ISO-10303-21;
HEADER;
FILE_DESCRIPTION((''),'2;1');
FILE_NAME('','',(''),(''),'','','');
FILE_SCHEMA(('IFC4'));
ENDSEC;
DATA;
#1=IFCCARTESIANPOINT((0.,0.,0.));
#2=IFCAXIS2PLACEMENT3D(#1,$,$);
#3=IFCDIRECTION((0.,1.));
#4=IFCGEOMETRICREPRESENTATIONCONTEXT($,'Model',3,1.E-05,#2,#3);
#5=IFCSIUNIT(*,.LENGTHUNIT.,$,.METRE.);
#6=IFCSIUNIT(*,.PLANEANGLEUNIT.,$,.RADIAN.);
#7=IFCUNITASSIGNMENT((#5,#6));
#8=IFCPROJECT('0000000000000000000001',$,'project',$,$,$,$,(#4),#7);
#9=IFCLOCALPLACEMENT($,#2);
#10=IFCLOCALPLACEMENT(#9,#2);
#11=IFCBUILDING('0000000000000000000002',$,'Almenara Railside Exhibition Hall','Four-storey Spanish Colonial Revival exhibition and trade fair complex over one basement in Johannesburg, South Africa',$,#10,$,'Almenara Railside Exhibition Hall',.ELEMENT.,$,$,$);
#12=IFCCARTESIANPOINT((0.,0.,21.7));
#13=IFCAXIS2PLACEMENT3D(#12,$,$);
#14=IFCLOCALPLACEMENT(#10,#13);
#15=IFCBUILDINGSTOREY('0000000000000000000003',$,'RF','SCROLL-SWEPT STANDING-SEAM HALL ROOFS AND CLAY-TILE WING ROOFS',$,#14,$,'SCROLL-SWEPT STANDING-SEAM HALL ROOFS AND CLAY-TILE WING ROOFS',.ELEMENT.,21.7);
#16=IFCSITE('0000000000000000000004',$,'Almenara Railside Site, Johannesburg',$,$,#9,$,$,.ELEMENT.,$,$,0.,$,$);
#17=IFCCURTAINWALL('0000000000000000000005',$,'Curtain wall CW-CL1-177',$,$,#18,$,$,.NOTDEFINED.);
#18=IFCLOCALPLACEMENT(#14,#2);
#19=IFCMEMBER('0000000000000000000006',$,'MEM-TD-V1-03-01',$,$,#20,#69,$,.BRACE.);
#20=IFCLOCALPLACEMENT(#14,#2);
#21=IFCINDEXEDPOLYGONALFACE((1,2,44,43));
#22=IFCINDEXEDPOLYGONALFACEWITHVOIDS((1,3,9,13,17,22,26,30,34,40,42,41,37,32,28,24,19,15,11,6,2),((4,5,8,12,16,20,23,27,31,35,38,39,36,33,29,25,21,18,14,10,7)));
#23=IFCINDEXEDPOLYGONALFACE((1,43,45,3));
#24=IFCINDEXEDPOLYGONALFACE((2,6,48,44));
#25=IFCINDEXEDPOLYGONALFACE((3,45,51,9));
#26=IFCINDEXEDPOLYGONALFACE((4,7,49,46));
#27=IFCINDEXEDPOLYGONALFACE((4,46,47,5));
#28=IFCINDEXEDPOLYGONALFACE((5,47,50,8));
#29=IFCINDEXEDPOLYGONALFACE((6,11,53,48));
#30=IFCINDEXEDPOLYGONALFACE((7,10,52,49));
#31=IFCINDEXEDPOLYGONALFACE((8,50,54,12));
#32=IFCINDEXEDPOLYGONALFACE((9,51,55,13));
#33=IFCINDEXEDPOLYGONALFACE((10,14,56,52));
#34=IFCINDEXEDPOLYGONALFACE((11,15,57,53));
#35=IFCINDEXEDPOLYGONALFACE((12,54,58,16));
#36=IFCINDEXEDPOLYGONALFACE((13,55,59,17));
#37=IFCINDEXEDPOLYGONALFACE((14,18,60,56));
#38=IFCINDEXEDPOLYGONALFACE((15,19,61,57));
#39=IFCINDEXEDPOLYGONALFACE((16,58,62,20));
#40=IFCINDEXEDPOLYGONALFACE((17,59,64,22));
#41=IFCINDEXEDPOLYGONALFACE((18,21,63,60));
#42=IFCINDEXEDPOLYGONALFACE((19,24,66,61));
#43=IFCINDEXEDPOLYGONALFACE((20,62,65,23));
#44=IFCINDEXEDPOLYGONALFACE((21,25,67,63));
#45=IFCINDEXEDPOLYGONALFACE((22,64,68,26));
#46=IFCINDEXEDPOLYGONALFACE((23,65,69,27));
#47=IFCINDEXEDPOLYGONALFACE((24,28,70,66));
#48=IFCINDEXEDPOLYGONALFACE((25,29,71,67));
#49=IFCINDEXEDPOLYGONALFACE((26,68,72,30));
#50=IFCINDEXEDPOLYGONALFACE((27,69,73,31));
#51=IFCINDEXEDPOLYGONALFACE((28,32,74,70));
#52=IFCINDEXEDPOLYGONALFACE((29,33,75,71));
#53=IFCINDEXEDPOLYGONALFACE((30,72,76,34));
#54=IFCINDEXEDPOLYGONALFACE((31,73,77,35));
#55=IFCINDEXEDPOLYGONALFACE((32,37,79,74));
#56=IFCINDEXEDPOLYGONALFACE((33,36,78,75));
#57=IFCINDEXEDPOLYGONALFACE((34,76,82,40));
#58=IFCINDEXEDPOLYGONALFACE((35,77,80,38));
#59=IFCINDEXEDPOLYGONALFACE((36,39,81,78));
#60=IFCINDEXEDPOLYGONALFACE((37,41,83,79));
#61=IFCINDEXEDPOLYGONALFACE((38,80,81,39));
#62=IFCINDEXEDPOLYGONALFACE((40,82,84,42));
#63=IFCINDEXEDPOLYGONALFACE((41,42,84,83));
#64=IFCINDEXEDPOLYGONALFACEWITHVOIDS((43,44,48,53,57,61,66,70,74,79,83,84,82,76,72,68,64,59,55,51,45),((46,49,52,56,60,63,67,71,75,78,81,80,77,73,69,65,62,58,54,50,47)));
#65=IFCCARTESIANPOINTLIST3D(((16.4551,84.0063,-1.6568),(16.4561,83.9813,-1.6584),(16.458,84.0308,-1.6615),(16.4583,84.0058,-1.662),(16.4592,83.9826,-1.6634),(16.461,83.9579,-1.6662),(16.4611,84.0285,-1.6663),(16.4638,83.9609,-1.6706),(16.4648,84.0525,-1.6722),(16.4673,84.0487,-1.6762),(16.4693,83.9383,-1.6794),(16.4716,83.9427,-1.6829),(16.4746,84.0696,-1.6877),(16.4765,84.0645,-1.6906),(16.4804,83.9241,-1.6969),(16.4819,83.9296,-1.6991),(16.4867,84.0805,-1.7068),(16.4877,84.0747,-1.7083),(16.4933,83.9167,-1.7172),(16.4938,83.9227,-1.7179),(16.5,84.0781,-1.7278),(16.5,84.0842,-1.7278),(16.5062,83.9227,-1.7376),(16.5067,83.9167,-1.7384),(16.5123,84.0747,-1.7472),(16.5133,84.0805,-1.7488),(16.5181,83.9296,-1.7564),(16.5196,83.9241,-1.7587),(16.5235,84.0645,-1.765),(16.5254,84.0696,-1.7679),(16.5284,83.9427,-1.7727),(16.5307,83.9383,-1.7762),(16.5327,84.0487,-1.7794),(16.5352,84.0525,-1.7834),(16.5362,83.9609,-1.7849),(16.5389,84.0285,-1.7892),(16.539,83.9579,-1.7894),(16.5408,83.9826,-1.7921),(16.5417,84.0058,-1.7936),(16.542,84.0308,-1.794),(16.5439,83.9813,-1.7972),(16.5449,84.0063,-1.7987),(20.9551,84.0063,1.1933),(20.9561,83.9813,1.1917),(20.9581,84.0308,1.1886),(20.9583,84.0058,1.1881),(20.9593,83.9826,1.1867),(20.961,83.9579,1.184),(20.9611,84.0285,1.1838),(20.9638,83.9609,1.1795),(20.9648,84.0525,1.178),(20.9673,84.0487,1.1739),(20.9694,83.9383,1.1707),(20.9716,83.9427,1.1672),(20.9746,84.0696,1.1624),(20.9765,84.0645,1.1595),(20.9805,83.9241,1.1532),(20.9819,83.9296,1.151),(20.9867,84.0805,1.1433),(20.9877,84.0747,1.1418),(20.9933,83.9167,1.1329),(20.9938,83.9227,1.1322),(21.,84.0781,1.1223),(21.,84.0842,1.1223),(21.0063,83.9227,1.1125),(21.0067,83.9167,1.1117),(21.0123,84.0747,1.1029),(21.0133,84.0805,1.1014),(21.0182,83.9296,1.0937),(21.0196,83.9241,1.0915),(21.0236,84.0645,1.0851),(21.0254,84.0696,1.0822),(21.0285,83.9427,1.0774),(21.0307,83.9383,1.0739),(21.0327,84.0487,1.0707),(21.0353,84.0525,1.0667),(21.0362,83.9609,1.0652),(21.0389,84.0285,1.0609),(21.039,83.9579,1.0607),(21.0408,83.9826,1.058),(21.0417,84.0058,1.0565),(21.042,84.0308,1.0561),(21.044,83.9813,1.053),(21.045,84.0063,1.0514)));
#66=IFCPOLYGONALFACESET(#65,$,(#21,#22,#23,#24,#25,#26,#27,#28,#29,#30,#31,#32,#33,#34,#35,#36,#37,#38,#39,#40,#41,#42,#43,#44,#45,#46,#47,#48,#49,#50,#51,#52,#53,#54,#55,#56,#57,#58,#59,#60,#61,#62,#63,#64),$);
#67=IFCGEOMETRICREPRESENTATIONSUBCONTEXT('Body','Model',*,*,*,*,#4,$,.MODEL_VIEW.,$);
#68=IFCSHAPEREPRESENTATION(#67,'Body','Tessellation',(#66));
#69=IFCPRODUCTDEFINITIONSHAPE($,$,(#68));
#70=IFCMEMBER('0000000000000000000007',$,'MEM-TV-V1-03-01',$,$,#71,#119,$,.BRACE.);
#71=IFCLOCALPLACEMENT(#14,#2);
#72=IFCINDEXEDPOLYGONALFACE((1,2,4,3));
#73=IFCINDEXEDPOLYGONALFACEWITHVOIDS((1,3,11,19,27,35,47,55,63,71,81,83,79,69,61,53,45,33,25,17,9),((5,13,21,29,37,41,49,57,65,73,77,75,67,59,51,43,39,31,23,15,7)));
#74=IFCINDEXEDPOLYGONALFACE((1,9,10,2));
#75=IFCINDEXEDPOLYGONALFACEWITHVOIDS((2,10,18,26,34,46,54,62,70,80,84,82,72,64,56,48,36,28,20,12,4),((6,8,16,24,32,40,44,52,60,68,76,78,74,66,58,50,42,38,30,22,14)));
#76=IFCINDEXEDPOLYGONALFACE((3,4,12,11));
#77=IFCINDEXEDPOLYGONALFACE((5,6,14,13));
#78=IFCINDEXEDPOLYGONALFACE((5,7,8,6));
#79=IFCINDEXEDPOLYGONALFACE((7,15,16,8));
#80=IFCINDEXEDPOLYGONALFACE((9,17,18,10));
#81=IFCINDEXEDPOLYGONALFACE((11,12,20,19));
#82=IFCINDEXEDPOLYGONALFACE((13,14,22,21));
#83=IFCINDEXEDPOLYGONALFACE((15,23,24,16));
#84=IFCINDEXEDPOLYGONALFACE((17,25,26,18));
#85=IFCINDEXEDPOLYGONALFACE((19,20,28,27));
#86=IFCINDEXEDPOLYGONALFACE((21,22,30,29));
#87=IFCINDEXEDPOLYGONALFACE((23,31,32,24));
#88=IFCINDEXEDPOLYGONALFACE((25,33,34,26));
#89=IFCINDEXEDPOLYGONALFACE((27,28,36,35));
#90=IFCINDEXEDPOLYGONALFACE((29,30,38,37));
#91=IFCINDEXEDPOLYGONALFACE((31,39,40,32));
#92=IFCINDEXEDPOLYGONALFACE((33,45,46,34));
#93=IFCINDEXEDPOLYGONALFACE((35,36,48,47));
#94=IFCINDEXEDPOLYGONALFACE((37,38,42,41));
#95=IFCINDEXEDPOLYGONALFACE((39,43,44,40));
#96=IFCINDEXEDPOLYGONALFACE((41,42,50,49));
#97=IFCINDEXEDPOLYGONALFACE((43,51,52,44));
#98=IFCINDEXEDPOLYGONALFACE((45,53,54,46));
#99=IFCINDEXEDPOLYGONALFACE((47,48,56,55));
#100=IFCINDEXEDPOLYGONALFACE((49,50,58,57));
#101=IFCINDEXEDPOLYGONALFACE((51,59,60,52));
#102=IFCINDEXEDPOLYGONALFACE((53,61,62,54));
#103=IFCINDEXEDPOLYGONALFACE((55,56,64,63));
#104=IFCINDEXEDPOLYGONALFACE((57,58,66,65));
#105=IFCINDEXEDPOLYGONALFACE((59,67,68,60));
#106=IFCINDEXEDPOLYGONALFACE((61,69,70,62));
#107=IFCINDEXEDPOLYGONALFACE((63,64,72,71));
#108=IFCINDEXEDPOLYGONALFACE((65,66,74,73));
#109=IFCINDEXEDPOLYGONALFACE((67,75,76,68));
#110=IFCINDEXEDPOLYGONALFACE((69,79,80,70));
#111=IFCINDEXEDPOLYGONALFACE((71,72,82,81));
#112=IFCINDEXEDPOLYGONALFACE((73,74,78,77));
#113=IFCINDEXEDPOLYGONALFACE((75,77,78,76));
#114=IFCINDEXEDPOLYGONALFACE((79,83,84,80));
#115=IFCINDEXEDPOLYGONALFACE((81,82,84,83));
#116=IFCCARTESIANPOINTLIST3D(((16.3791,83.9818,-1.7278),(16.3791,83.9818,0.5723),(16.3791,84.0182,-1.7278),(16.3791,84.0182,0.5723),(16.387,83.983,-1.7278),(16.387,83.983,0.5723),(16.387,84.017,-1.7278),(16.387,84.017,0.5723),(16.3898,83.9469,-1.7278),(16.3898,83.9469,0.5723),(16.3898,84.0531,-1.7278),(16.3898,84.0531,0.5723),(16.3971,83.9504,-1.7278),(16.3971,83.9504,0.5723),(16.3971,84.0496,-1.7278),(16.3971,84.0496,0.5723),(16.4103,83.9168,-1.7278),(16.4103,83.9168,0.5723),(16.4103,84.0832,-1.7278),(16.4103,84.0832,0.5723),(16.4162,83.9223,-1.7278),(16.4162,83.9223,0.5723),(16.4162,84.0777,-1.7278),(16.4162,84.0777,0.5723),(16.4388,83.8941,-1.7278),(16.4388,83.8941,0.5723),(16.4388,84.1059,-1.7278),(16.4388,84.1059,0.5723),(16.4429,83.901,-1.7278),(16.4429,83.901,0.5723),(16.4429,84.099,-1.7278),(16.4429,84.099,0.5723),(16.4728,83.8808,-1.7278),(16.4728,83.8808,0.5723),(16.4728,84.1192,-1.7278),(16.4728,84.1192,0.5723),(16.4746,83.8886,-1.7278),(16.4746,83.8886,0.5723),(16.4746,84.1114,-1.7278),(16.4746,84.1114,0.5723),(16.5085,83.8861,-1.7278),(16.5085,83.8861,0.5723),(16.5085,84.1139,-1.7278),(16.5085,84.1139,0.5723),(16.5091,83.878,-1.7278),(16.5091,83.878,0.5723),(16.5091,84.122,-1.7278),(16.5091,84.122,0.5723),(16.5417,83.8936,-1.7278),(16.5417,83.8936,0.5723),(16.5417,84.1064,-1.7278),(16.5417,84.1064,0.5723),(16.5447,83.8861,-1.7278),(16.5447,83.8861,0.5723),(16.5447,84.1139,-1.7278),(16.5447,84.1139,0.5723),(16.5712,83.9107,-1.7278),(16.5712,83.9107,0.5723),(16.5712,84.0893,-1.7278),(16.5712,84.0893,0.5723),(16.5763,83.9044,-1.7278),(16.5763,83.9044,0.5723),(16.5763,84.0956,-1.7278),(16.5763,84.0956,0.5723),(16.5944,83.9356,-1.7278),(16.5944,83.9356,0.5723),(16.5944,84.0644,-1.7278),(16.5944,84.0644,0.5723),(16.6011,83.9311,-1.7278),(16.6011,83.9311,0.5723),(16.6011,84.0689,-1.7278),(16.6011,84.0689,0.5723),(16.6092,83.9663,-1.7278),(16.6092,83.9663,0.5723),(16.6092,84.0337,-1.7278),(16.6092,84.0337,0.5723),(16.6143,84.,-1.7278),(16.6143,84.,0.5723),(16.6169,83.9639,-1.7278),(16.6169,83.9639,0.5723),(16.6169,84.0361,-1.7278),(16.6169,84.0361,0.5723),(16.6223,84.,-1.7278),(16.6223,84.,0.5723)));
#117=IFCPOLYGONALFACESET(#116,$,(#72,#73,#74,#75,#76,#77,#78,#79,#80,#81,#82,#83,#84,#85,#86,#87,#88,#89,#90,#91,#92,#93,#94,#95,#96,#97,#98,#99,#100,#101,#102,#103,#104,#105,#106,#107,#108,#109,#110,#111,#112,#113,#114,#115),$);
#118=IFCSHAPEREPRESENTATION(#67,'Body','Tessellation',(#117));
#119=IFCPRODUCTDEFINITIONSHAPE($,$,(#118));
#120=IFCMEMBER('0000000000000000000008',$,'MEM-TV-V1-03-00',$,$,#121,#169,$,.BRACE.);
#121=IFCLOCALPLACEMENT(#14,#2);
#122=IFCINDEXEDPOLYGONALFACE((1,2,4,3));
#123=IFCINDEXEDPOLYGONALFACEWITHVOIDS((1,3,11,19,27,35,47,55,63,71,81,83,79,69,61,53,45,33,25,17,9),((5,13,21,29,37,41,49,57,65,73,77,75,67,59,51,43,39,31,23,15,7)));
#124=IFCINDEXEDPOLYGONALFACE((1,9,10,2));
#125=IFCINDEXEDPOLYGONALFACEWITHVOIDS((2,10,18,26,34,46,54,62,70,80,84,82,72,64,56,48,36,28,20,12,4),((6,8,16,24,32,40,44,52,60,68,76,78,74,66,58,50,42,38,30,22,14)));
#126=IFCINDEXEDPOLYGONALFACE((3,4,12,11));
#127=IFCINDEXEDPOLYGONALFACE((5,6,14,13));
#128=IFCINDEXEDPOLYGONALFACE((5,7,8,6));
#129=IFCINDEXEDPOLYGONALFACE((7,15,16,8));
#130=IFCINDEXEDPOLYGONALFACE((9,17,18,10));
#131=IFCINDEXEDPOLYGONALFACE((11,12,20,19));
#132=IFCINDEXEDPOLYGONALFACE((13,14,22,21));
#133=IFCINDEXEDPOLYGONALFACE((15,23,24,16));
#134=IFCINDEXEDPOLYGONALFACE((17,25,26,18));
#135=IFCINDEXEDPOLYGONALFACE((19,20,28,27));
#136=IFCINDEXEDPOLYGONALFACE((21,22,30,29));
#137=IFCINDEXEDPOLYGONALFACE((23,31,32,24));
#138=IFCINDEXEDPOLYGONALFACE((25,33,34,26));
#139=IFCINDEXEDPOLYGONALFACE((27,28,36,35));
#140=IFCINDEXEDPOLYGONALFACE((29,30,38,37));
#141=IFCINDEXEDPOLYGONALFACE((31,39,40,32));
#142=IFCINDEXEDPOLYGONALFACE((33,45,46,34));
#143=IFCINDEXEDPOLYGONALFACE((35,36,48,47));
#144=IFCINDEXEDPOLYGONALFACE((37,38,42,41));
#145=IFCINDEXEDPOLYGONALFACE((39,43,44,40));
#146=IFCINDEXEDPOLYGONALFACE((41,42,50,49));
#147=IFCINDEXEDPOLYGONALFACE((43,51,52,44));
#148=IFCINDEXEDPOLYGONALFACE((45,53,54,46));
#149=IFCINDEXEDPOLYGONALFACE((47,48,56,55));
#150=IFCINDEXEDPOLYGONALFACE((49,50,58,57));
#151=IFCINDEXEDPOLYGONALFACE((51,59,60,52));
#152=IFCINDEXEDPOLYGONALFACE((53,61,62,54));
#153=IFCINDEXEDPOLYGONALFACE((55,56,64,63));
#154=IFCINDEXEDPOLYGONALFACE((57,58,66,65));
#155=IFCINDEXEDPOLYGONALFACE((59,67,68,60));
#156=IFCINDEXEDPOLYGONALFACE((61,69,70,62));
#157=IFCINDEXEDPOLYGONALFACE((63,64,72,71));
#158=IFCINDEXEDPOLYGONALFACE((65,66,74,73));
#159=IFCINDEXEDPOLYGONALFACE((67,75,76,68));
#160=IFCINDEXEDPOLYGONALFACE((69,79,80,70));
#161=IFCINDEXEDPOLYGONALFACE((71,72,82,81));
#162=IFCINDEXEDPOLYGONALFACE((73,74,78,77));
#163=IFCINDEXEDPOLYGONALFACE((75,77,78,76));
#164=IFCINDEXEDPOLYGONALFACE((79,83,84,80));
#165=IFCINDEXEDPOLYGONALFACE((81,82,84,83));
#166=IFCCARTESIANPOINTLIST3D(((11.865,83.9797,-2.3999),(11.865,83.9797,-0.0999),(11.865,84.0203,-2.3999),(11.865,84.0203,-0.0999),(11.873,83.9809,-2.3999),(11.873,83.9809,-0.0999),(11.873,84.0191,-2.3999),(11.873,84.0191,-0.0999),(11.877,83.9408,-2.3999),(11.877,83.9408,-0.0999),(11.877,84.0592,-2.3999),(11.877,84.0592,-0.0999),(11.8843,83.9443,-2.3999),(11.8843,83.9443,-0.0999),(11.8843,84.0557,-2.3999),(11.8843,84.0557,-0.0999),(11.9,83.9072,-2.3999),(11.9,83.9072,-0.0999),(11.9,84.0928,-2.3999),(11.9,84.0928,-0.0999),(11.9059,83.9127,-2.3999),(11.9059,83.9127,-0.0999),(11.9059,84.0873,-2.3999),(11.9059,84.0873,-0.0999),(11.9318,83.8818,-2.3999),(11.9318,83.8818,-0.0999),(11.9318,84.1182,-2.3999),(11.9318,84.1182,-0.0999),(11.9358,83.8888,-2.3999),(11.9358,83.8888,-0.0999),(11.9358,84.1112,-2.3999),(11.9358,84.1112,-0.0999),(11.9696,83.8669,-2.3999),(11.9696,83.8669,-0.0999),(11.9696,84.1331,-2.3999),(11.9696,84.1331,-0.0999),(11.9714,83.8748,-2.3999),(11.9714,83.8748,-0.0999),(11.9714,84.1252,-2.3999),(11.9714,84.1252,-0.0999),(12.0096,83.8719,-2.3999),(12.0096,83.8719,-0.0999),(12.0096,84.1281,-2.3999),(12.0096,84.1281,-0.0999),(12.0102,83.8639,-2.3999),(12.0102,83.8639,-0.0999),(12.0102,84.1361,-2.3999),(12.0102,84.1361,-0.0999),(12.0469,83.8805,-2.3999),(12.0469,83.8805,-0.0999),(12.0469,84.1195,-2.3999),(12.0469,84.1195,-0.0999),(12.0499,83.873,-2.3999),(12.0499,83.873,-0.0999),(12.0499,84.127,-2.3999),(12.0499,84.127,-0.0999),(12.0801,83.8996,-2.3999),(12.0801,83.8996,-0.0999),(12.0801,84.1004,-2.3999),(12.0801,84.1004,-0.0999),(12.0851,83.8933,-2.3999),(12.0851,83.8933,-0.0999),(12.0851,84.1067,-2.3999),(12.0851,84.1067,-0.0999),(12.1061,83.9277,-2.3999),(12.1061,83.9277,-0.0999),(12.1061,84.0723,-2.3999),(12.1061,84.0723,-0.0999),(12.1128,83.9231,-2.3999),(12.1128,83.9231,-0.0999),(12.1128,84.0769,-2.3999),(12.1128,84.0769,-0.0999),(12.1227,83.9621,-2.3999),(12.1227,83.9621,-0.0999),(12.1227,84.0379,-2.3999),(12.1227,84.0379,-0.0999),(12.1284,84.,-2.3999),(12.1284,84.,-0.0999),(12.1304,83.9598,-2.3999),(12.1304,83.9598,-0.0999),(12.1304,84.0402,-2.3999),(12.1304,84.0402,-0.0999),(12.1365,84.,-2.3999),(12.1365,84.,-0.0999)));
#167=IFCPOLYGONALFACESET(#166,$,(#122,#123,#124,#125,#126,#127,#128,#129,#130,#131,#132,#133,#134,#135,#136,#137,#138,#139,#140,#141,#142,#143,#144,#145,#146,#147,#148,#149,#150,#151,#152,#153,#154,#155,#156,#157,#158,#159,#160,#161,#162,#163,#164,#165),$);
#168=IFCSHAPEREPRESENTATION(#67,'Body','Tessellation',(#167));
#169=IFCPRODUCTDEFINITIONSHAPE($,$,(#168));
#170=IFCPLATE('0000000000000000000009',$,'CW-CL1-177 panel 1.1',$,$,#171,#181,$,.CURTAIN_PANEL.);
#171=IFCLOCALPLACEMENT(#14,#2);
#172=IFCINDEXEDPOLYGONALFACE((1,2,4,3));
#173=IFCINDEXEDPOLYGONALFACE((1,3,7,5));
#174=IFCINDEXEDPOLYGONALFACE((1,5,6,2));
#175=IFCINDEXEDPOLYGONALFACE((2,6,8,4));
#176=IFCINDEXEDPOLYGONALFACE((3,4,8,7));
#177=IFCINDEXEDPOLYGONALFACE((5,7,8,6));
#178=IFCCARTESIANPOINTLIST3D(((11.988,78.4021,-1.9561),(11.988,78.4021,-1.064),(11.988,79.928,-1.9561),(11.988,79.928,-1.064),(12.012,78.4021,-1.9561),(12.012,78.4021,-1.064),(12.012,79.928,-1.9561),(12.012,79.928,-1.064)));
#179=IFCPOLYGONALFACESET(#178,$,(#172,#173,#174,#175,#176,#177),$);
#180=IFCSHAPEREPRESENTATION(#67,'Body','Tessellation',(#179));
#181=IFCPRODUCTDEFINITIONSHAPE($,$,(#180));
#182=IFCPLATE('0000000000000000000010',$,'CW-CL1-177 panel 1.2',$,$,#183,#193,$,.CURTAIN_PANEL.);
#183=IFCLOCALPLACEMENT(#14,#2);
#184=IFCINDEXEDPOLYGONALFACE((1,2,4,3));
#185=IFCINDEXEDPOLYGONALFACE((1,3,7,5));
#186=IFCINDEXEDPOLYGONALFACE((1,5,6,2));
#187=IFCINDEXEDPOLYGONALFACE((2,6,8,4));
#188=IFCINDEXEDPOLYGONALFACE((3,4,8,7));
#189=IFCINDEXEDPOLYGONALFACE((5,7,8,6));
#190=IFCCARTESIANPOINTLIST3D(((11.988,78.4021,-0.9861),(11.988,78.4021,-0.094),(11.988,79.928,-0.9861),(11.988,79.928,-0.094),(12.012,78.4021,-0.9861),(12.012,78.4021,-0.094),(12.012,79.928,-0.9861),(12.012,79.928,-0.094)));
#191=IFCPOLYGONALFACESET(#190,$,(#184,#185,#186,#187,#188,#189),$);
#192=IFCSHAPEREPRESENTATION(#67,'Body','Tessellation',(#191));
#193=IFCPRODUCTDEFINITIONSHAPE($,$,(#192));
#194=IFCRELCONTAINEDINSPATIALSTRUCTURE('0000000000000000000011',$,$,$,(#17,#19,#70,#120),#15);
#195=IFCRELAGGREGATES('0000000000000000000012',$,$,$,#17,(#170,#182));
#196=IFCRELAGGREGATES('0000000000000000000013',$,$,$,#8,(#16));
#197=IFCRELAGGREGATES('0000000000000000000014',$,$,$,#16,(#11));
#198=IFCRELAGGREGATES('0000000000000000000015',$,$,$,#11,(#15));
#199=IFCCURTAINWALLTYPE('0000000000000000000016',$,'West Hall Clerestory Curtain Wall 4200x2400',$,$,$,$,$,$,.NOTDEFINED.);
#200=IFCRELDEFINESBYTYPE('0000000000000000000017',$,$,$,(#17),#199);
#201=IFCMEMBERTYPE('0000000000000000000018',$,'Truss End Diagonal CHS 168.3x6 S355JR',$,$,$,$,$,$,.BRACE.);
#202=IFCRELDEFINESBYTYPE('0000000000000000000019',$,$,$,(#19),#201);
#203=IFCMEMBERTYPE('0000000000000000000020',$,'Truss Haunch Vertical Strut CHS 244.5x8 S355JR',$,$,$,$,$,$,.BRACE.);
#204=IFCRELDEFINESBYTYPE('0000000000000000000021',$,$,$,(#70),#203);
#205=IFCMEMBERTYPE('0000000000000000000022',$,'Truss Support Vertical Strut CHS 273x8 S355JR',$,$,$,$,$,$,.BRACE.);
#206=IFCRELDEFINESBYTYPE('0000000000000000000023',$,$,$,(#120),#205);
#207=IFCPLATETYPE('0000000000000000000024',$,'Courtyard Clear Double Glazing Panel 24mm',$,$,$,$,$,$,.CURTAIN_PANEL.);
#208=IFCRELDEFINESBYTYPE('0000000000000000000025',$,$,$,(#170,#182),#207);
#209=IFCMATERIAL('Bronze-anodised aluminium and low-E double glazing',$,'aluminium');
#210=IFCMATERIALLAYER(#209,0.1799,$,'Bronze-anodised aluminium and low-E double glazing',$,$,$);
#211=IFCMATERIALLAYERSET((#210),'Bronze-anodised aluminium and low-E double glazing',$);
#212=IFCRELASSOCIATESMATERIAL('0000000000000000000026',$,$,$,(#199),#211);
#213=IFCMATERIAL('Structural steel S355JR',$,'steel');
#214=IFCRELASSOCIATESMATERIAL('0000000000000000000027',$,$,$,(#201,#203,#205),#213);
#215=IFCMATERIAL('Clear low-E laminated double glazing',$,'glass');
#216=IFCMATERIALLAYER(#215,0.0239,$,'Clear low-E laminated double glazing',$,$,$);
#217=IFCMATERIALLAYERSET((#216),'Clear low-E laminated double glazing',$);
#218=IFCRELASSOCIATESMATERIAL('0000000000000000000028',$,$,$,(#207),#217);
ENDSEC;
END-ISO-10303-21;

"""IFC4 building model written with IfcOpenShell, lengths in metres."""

from ifc_helpers import new_model, si_unit, direction, frame, origin, origin_2d, place, context, subcontext, project, spatial, rectangle, hollow_circle, extrude, material, layer, layer_set, material_profile, profile_set, type_object, element, aggregate, save


model = new_model("IFC4")

# Units and contexts
model_context = context("Model", 3, precision=1e-05, world=origin(), true_north=direction((0.0, 1.0)))
body_context = subcontext(model_context, "Body", "Model", "MODEL_VIEW")
ifc_project = project(units=[si_unit("LENGTHUNIT", "METRE"), si_unit("PLANEANGLEUNIT", "RADIAN")], contexts=[model_context])

# Site, building, storey
site_placement = place(None, origin())
site = spatial("IfcSite", under=ifc_project, at=site_placement, Name="Almenara Railside Site, Johannesburg", CompositionType="ELEMENT", RefElevation=0.0)
building_placement = place(site_placement, origin())
building = spatial("IfcBuilding", under=site, at=building_placement, Name="Almenara Railside Exhibition Hall", Description="Four-storey Spanish Colonial Revival exhibition and trade fair complex over one basement in Johannesburg, South Africa", LongName="Almenara Railside Exhibition Hall", CompositionType="ELEMENT")
storey_placement = place(building_placement, frame((0.0, 0.0, 21.7)))
storey = spatial("IfcBuildingStorey", under=building, at=storey_placement, Name="RF", Description="SCROLL-SWEPT STANDING-SEAM HALL ROOFS AND CLAY-TILE WING ROOFS", LongName="SCROLL-SWEPT STANDING-SEAM HALL ROOFS AND CLAY-TILE WING ROOFS", CompositionType="ELEMENT", Elevation=21.7)

# Shared definitions
ifc_material_1 = material(Name="Structural steel S355JR", Category="steel")

# Curtain wall
ifc_material_2 = material(Name="Bronze-anodised aluminium and low-E double glazing", Category="aluminium")
ifc_layer_1 = layer(ifc_material_2, 0.1799, Name="Bronze-anodised aluminium and low-E double glazing")
ifc_layer_set_1 = layer_set([ifc_layer_1], Name="Bronze-anodised aluminium and low-E double glazing")
curtain_wall_type = type_object("IfcCurtainWallType", Name="West Hall Clerestory Curtain Wall 4200x2400", PredefinedType="NOTDEFINED", material=ifc_layer_set_1)
curtain_wall_1_placement = place(storey_placement, origin())
curtain_wall_1 = element("IfcCurtainWall", 1, at=curtain_wall_1_placement, inside=storey, type_object=curtain_wall_type, Name="Curtain wall CW-CL1-177", PredefinedType="NOTDEFINED")

# Members
ifc_material_profile_1 = material_profile(ifc_material_1, hollow_circle(Radius=0.0842, WallThickness=0.0061, at=origin_2d()), Name="CHS 168.3x6")
ifc_profile_set_1 = profile_set([ifc_material_profile_1], Name="Structural steel S355JR")
member_type_1 = type_object("IfcMemberType", Name="Truss End Diagonal CHS 168.3x6 S355JR", PredefinedType="BRACE", material=ifc_profile_set_1)
member_1_placement = place(storey_placement, frame((16.5, 84.0, -1.7278), z_axis=(0.844811, 0.0, 0.535065), x_axis=(0.0, 1.0, 0.0)))
element("IfcMember", 2, at=member_1_placement, inside=storey, type_object=member_type_1, Name="MEM-TD-V1-03-01", PredefinedType="BRACE", context=body_context, shape_type="SweptSolid", body=[
    extrude(hollow_circle(Radius=0.0842, WallThickness=0.0061, at=origin_2d()), origin(), (0.0, 0.0, 1.0), 5.3267),
])
ifc_material_profile_2 = material_profile(ifc_material_1, hollow_circle(Radius=0.1223, WallThickness=0.0081, at=origin_2d()), Name="CHS 244.5x8")
ifc_profile_set_2 = profile_set([ifc_material_profile_2], Name="Structural steel S355JR")
member_type_2 = type_object("IfcMemberType", Name="Truss Haunch Vertical Strut CHS 244.5x8 S355JR", PredefinedType="BRACE", material=ifc_profile_set_2)
member_2_placement = place(storey_placement, frame((16.5, 84.0, -1.7278), z_axis=(0.0, 0.0, 1.0), x_axis=(1.0, 0.0, 0.0)))
element("IfcMember", 3, at=member_2_placement, inside=storey, type_object=member_type_2, Name="MEM-TV-V1-03-01", PredefinedType="BRACE", context=body_context, shape_type="SweptSolid", body=[
    extrude(hollow_circle(Radius=0.1223, WallThickness=0.0081, at=origin_2d()), origin(), (0.0, 0.0, 1.0), 2.3),
])
ifc_material_profile_3 = material_profile(ifc_material_1, hollow_circle(Radius=0.1365, WallThickness=0.0081, at=origin_2d()), Name="CHS 273x8")
ifc_profile_set_3 = profile_set([ifc_material_profile_3], Name="Structural steel S355JR")
member_type_3 = type_object("IfcMemberType", Name="Truss Support Vertical Strut CHS 273x8 S355JR", PredefinedType="BRACE", material=ifc_profile_set_3)
member_3_placement = place(storey_placement, frame((12.0, 84.0, -2.3999), z_axis=(0.0, 0.0, 1.0), x_axis=(1.0, 0.0, 0.0)))
element("IfcMember", 4, at=member_3_placement, inside=storey, type_object=member_type_3, Name="MEM-TV-V1-03-00", PredefinedType="BRACE", context=body_context, shape_type="SweptSolid", body=[
    extrude(hollow_circle(Radius=0.1365, WallThickness=0.0081, at=origin_2d()), origin(), (0.0, 0.0, 1.0), 2.3),
])

# Plates
ifc_material_3 = material(Name="Clear low-E laminated double glazing", Category="glass")
ifc_layer_2 = layer(ifc_material_3, 0.0239, Name="Clear low-E laminated double glazing")
ifc_layer_set_2 = layer_set([ifc_layer_2], Name="Clear low-E laminated double glazing")
plate_type_1 = type_object("IfcPlateType", Name="Courtyard Clear Double Glazing Panel 24mm", PredefinedType="CURTAIN_PANEL", material=ifc_layer_set_2)
plate_1_placement = place(storey_placement, frame((12.0, 79.165, -1.9561), z_axis=(0.0, 0.0, 1.0), x_axis=(0.0, 1.0, 0.0)))
plate_1 = element("IfcPlate", 5, at=plate_1_placement, type_object=plate_type_1, Name="CW-CL1-177 panel 1.1", PredefinedType="CURTAIN_PANEL", context=body_context, shape_type="SweptSolid", body=[
    extrude(rectangle(XDim=1.5259, YDim=0.0239, at=origin_2d()), origin(), (0.0, 0.0, 1.0), 0.8921),
])
plate_2_placement = place(storey_placement, frame((12.0, 79.165, -0.9861), z_axis=(0.0, 0.0, 1.0), x_axis=(0.0, 1.0, 0.0)))
plate_2 = element("IfcPlate", 6, at=plate_2_placement, type_object=plate_type_1, Name="CW-CL1-177 panel 1.2", PredefinedType="CURTAIN_PANEL", context=body_context, shape_type="SweptSolid", body=[
    extrude(rectangle(XDim=1.5259, YDim=0.0239, at=origin_2d()), origin(), (0.0, 0.0, 1.0), 0.8921),
])
aggregate(curtain_wall_1, [plate_1, plate_2])

save(model, "model.ifc")
